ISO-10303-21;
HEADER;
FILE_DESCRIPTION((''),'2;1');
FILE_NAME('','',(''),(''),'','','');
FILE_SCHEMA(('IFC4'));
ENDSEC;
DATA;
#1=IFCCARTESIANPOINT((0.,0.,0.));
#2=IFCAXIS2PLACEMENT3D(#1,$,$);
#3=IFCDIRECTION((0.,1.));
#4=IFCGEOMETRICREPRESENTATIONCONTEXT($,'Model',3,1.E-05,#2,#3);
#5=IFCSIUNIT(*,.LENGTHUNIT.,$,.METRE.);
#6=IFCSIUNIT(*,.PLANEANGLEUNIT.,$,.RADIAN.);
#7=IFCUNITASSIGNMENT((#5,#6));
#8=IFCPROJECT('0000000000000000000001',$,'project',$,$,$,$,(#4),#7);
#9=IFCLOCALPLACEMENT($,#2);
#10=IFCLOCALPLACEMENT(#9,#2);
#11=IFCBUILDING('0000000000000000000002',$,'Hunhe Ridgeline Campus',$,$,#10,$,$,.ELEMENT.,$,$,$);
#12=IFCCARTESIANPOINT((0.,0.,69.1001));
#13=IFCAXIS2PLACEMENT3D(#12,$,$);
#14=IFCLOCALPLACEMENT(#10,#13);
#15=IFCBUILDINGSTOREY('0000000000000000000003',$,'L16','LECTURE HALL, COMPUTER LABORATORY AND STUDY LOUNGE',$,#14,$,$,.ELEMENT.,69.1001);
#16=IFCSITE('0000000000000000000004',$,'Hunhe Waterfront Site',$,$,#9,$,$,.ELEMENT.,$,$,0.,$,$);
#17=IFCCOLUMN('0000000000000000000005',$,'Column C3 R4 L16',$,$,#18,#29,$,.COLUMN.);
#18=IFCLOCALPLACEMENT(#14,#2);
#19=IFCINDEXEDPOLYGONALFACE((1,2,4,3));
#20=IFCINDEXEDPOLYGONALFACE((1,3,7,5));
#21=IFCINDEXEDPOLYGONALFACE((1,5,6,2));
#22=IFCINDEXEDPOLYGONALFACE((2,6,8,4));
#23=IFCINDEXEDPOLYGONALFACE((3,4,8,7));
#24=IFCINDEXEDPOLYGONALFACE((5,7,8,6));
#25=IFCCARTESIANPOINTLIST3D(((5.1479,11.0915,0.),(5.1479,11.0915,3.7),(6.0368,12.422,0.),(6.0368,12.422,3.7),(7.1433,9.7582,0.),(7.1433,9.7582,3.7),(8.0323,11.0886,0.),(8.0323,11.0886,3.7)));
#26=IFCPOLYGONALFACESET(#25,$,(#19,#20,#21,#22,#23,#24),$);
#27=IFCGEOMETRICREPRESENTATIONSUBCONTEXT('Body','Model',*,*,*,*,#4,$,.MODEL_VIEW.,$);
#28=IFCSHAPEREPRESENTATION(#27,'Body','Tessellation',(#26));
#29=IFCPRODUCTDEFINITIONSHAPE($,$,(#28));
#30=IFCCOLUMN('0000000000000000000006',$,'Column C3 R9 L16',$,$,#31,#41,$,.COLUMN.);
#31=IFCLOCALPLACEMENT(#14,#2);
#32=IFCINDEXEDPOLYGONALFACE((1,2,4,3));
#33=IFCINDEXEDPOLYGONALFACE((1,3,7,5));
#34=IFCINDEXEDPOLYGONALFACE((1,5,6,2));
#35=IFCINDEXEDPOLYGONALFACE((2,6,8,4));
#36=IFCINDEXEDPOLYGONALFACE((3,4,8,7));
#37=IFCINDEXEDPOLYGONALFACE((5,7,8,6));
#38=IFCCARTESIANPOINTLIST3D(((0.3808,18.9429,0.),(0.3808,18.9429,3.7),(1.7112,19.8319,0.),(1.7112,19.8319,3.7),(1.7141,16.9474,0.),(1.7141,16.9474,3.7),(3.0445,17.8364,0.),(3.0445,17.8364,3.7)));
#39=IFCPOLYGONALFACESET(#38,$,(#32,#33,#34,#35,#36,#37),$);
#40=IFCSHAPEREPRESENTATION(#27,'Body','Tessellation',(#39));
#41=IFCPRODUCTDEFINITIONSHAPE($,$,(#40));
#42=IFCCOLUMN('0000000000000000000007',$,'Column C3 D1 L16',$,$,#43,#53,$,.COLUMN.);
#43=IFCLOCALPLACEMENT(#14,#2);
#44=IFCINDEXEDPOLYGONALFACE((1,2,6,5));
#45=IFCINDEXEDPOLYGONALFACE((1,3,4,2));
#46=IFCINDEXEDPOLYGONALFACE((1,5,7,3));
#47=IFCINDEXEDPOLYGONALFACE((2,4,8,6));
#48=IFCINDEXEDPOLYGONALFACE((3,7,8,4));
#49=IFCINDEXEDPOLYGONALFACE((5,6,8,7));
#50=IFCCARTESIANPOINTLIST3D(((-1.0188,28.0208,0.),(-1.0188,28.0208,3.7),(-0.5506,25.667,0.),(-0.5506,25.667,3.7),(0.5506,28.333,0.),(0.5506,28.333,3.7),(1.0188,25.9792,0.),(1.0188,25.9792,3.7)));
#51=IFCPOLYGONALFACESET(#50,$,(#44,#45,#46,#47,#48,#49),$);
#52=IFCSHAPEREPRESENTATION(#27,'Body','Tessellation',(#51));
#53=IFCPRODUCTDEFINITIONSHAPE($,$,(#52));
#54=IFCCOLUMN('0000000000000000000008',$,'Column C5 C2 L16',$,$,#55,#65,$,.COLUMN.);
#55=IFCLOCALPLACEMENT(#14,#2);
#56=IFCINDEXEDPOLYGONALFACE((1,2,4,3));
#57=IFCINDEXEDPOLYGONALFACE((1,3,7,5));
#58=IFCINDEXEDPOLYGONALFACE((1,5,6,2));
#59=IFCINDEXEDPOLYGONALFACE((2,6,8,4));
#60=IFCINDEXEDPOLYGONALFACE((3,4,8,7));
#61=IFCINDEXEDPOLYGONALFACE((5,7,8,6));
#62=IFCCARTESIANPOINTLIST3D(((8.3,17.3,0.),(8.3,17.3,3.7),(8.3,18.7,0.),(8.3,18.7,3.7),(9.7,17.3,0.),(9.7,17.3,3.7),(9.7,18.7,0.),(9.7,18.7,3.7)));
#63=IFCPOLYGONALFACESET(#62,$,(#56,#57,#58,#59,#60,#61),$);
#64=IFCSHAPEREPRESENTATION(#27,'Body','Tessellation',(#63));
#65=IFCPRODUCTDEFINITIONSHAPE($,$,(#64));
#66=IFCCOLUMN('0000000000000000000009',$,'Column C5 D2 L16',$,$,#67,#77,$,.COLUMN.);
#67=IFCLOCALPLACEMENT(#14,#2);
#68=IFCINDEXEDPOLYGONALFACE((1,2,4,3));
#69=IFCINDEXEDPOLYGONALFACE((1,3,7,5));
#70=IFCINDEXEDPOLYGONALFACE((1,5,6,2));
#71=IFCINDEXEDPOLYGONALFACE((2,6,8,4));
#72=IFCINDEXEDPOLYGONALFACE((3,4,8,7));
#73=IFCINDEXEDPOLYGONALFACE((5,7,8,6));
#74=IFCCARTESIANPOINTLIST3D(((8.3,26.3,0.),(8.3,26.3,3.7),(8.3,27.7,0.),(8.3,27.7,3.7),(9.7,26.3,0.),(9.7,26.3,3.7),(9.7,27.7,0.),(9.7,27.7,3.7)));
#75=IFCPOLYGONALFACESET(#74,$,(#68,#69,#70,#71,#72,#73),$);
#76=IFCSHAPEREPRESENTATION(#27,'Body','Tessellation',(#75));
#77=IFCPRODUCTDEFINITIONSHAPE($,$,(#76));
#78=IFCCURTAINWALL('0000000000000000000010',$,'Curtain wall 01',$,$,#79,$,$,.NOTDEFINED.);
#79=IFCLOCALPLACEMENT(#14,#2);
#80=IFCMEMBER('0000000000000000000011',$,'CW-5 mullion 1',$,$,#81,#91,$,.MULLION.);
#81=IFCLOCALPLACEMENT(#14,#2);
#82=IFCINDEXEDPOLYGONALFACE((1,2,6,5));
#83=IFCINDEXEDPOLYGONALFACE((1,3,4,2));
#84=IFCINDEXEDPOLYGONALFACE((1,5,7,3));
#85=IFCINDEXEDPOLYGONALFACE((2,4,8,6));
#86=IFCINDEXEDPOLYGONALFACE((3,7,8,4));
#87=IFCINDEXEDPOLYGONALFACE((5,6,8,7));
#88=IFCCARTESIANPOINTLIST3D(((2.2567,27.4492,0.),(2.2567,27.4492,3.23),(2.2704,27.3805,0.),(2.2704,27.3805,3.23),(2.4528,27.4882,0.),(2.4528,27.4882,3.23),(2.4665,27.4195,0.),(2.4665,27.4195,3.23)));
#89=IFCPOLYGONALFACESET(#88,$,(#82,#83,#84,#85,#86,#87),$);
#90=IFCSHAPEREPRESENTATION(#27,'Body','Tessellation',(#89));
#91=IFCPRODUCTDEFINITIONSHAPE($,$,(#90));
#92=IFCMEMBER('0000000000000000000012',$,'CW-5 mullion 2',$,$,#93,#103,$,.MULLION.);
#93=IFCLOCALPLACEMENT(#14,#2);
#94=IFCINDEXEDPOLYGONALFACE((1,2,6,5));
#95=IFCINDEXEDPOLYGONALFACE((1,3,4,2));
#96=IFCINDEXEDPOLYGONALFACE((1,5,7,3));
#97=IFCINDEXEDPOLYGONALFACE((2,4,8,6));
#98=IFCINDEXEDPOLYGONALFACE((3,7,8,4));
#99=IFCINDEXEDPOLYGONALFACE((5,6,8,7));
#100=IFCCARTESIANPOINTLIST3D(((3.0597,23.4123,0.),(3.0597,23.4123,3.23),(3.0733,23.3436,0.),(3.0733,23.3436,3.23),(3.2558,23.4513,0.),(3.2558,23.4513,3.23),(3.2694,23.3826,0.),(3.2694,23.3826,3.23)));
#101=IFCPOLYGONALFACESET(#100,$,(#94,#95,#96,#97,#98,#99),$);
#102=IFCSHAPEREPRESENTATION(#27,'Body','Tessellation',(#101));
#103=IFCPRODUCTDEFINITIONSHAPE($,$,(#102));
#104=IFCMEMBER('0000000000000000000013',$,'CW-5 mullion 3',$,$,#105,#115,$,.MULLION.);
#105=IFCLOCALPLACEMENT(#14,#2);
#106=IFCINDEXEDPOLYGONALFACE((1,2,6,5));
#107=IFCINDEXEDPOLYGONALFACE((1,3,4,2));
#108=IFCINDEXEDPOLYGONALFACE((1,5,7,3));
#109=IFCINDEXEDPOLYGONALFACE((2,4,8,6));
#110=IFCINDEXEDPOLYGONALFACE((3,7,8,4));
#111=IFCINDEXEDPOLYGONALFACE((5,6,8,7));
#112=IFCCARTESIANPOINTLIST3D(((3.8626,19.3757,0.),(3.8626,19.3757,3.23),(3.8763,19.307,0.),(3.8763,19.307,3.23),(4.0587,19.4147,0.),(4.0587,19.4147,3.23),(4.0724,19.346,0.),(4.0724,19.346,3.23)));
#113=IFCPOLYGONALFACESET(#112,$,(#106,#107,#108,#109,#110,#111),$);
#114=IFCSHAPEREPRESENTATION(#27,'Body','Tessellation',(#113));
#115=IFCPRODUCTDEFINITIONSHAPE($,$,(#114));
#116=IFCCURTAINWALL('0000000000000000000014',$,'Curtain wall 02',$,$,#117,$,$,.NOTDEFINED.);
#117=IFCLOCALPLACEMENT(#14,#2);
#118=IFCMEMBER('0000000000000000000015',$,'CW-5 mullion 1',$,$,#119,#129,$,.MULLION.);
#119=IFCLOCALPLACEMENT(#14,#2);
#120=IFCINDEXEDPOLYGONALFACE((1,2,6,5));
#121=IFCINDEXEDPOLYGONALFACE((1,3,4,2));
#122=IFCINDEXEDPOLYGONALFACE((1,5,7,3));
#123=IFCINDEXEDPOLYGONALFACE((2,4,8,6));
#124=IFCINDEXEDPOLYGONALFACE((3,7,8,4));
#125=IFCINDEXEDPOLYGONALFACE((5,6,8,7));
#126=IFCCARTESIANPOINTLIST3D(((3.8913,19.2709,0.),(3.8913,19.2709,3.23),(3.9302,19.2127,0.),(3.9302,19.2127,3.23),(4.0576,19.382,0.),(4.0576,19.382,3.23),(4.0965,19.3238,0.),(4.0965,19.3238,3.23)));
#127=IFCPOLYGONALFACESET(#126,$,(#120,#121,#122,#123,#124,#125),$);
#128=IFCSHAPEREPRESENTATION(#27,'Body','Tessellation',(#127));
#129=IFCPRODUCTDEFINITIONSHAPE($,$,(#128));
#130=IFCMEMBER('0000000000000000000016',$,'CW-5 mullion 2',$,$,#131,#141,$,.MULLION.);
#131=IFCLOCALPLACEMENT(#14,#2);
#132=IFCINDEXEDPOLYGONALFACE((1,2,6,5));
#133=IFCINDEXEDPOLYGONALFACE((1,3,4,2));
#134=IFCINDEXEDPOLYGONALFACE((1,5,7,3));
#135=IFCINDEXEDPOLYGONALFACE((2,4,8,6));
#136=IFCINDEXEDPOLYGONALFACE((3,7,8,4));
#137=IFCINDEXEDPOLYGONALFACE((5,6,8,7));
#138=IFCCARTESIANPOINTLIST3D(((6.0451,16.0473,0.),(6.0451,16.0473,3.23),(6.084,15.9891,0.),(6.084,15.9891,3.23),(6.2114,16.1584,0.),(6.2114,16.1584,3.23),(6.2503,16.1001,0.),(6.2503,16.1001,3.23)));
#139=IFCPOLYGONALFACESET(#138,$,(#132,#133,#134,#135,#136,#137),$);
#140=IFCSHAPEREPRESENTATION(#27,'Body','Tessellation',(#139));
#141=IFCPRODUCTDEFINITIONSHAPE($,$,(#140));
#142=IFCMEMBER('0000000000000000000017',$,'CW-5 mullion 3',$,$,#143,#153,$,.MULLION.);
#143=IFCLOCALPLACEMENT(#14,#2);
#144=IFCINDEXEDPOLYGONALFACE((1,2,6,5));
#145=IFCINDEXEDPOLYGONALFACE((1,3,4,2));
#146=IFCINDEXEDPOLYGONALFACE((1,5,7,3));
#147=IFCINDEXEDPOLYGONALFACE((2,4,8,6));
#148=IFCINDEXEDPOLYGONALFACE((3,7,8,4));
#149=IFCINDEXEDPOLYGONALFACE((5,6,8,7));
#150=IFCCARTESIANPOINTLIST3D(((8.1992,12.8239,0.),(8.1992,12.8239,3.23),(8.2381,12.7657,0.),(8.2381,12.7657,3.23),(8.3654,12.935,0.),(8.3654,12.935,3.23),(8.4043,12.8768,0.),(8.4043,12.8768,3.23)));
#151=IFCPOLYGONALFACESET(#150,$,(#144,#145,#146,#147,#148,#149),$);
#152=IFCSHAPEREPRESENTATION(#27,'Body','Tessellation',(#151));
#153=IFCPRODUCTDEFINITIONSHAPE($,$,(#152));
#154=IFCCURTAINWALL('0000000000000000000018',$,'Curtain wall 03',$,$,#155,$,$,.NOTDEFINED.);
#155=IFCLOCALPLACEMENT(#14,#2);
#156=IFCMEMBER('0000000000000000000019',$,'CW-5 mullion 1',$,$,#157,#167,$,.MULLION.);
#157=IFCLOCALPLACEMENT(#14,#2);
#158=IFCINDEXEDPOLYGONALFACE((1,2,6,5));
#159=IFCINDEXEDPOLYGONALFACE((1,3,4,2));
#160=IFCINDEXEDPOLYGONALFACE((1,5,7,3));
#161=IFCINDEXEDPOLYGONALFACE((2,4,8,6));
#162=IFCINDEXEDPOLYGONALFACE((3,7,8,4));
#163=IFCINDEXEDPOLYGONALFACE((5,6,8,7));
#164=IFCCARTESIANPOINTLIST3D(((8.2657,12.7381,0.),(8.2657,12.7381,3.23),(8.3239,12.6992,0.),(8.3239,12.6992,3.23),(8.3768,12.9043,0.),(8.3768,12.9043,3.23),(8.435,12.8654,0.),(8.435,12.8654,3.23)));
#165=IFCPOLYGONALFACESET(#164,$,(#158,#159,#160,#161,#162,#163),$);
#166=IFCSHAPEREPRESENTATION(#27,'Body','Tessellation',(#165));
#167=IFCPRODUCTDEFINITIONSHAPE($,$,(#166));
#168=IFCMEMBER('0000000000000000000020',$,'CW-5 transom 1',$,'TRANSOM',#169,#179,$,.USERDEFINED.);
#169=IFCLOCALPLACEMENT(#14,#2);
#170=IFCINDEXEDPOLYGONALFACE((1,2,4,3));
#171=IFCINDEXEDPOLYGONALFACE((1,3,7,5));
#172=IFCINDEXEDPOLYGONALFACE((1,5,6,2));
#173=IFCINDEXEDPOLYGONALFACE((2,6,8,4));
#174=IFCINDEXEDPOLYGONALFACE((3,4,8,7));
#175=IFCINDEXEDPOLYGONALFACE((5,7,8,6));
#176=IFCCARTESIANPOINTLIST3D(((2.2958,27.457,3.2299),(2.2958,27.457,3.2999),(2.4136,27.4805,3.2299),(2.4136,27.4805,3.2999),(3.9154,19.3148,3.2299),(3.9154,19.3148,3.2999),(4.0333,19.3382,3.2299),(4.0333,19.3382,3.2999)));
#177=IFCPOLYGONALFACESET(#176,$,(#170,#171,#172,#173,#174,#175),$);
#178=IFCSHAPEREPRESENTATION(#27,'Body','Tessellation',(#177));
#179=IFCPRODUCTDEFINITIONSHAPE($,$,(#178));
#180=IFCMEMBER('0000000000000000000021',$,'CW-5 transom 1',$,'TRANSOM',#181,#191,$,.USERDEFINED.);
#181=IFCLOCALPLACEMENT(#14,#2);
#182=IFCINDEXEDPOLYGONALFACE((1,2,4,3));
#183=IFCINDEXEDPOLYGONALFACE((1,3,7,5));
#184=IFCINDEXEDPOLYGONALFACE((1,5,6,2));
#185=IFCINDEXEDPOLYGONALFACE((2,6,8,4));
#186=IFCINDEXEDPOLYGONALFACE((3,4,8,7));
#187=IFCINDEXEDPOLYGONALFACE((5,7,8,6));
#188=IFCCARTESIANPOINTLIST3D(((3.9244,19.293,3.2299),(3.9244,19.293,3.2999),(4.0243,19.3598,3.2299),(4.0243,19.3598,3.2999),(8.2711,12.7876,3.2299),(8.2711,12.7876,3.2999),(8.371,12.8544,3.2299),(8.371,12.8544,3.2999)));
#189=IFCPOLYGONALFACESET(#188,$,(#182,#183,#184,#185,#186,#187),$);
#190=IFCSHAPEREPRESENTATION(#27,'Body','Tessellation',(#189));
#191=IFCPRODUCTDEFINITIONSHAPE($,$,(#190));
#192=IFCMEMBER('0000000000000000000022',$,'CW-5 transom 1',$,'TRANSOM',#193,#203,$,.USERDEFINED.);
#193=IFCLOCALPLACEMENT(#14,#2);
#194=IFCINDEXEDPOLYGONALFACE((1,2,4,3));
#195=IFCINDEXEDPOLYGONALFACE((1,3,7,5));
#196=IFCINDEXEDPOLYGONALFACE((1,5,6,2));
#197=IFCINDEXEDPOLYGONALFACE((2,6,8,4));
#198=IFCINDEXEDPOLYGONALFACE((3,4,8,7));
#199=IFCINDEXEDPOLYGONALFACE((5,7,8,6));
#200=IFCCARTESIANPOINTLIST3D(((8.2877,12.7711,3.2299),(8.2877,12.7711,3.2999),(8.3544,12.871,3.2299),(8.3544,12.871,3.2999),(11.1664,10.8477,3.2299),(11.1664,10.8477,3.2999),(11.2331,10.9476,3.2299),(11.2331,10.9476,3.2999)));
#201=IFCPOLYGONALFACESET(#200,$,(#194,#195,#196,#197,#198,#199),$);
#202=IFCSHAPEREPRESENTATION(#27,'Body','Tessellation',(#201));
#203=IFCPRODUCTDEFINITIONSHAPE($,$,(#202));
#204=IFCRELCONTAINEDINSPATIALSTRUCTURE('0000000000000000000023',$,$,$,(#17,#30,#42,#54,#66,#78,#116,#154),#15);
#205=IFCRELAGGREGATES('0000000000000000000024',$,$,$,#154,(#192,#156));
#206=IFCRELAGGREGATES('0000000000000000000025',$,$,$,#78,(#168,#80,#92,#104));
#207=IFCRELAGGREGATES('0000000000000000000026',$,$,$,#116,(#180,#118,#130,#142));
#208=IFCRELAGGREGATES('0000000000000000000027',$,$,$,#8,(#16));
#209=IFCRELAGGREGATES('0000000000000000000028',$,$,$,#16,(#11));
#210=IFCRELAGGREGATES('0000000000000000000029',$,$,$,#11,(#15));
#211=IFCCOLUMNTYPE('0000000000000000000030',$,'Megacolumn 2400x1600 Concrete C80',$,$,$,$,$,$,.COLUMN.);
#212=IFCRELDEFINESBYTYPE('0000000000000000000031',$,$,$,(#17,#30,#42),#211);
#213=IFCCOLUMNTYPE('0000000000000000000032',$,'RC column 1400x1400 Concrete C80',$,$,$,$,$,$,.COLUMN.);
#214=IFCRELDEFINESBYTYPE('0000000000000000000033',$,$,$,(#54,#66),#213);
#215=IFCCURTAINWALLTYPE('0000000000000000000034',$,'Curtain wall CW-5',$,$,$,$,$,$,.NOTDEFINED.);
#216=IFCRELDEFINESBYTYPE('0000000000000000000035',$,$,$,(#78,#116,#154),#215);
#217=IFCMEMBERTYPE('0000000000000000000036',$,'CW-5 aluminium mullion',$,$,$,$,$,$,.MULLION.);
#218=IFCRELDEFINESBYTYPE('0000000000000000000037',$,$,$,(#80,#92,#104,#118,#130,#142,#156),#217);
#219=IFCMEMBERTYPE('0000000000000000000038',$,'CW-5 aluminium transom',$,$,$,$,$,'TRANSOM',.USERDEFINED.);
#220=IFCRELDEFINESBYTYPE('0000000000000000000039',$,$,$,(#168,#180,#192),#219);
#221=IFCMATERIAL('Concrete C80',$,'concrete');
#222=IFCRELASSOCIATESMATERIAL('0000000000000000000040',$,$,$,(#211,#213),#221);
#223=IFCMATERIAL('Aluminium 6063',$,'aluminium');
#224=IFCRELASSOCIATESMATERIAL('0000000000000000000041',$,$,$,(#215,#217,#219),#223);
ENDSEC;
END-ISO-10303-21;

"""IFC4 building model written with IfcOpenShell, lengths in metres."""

from ifc_helpers import new_model, si_unit, direction, frame, origin, origin_2d, place, context, subcontext, project, spatial, rectangle, extrude, material, material_profile, profile_set, type_object, element, aggregate, save


model = new_model("IFC4")

# Units and contexts
model_context = context("Model", 3, precision=1e-05, world=origin(), true_north=direction((0.0, 1.0)))
body_context = subcontext(model_context, "Body", "Model", "MODEL_VIEW")
ifc_project = project(units=[si_unit("LENGTHUNIT", "METRE"), si_unit("PLANEANGLEUNIT", "RADIAN")], contexts=[model_context])

# Site, building, storey
site_placement = place(None, origin())
site = spatial("IfcSite", under=ifc_project, at=site_placement, Name="Hunhe Waterfront Site", CompositionType="ELEMENT", RefElevation=0.0)
building_placement = place(site_placement, origin())
building = spatial("IfcBuilding", under=site, at=building_placement, Name="Hunhe Ridgeline Campus", CompositionType="ELEMENT")
storey_placement = place(building_placement, frame((0.0, 0.0, 69.1001)))
storey = spatial("IfcBuildingStorey", under=building, at=storey_placement, Name="L16", Description="LECTURE HALL, COMPUTER LABORATORY AND STUDY LOUNGE", CompositionType="ELEMENT", Elevation=69.1001)

# Columns
ifc_material_1 = material(Name="Concrete C80", Category="concrete")
ifc_material_profile_1 = material_profile(ifc_material_1, rectangle(XDim=2.3999, YDim=1.6001, at=origin_2d()))
ifc_profile_set_1 = profile_set([ifc_material_profile_1], Name="Concrete C80")
column_type_1 = type_object("IfcColumnType", Name="Megacolumn 2400x1600 Concrete C80", PredefinedType="COLUMN", material=ifc_profile_set_1)
for number, where, z_axis, x_axis, name in (
    (1, (6.5901, 11.0901, 0.0), (0.0, 0.0, 1.0), (-0.83147, 0.55557, 0.0), "Column C3 R4 L16"),
    (2, (1.7126, 18.3896, 0.0), (0.0, 0.0, 1.0), (-0.55557, 0.83147, 0.0), "Column C3 R9 L16"),
    (3, (0.0, 27.0, 0.0), (0.0, 0.0, 1.0), (-0.19509, 0.980785, 0.0), "Column C3 D1 L16"),
):
    element("IfcColumn", number, at=place(storey_placement, frame(where, z_axis=z_axis, x_axis=x_axis)), inside=storey, type_object=column_type_1, Name=name, PredefinedType="COLUMN", context=body_context, shape_type="SweptSolid", body=[
        extrude(rectangle(XDim=2.3999, YDim=1.6001, at=origin_2d()), origin(), (0.0, 0.0, 1.0), 3.7),
    ])
ifc_material_profile_2 = material_profile(ifc_material_1, rectangle(XDim=1.3999, YDim=1.3999, at=origin_2d()))
ifc_profile_set_2 = profile_set([ifc_material_profile_2], Name="Concrete C80")
column_type_2 = type_object("IfcColumnType", Name="RC column 1400x1400 Concrete C80", PredefinedType="COLUMN", material=ifc_profile_set_2)
for number, where, z_axis, x_axis, name in (
    (4, (9.0, 18.0, 0.0), (0.0, 0.0, 1.0), (1.0, 0.0, 0.0), "Column C5 C2 L16"),
    (5, (9.0, 27.0, 0.0), (0.0, 0.0, 1.0), (1.0, 0.0, 0.0), "Column C5 D2 L16"),
):
    element("IfcColumn", number, at=place(storey_placement, frame(where, z_axis=z_axis, x_axis=x_axis)), inside=storey, type_object=column_type_2, Name=name, PredefinedType="COLUMN", context=body_context, shape_type="SweptSolid", body=[
        extrude(rectangle(XDim=1.3999, YDim=1.3999, at=origin_2d()), origin(), (0.0, 0.0, 1.0), 3.7),
    ])

# Curtain walls, members
ifc_material_2 = material(Name="Aluminium 6063", Category="aluminium")
curtain_wall_type = type_object("IfcCurtainWallType", Name="Curtain wall CW-5", PredefinedType="NOTDEFINED", material=ifc_material_2)
curtain_wall_1_placement = place(storey_placement, origin())
curtain_wall_1 = element("IfcCurtainWall", 6, at=curtain_wall_1_placement, inside=storey, type_object=curtain_wall_type, Name="Curtain wall 01", PredefinedType="NOTDEFINED")
ifc_material_profile_3 = material_profile(ifc_material_2, rectangle(XDim=0.2, YDim=0.0701, at=origin_2d()))
ifc_profile_set_3 = profile_set([ifc_material_profile_3], Name="Aluminium 6063")
member_type_1 = type_object("IfcMemberType", Name="CW-5 aluminium mullion", PredefinedType="MULLION", material=ifc_profile_set_3)
member_1_placement = place(storey_placement, frame((2.3616, 27.4343, 0.0), z_axis=(0.0, 0.0, 1.0), x_axis=(0.980784, 0.195095, 0.0)))
member_1 = element("IfcMember", 7, at=member_1_placement, type_object=member_type_1, Name="CW-5 mullion 1", PredefinedType="MULLION", context=body_context, shape_type="SweptSolid", body=[
    extrude(rectangle(XDim=0.2, YDim=0.0701, at=origin_2d()), origin(), (0.0, 0.0, 1.0), 3.23),
])
member_2_placement = place(storey_placement, frame((3.1646, 23.3975, 0.0), z_axis=(0.0, 0.0, 1.0), x_axis=(0.980784, 0.195095, 0.0)))
member_2 = element("IfcMember", 8, at=member_2_placement, type_object=member_type_1, Name="CW-5 mullion 2", PredefinedType="MULLION", context=body_context, shape_type="SweptSolid", body=[
    extrude(rectangle(XDim=0.2, YDim=0.0701, at=origin_2d()), origin(), (0.0, 0.0, 1.0), 3.23),
])
member_3_placement = place(storey_placement, frame((3.9675, 19.3608, 0.0), z_axis=(0.0, 0.0, 1.0), x_axis=(0.980784, 0.195095, 0.0)))
member_3 = element("IfcMember", 9, at=member_3_placement, type_object=member_type_1, Name="CW-5 mullion 3", PredefinedType="MULLION", context=body_context, shape_type="SweptSolid", body=[
    extrude(rectangle(XDim=0.2, YDim=0.0701, at=origin_2d()), origin(), (0.0, 0.0, 1.0), 3.23),
])
curtain_wall_2_placement = place(storey_placement, origin())
curtain_wall_2 = element("IfcCurtainWall", 10, at=curtain_wall_2_placement, inside=storey, type_object=curtain_wall_type, Name="Curtain wall 02", PredefinedType="NOTDEFINED")
member_4_placement = place(storey_placement, frame((3.9939, 19.2974, 0.0), z_axis=(0.0, 0.0, 1.0), x_axis=(0.83147, 0.55557, 0.0)))
member_4 = element("IfcMember", 11, at=member_4_placement, type_object=member_type_1, Name="CW-5 mullion 1", PredefinedType="MULLION", context=body_context, shape_type="SweptSolid", body=[
    extrude(rectangle(XDim=0.2, YDim=0.0701, at=origin_2d()), origin(), (0.0, 0.0, 1.0), 3.23),
])
member_5_placement = place(storey_placement, frame((6.1477, 16.0737, 0.0), z_axis=(0.0, 0.0, 1.0), x_axis=(0.83147, 0.55557, 0.0)))
member_5 = element("IfcMember", 12, at=member_5_placement, type_object=member_type_1, Name="CW-5 mullion 2", PredefinedType="MULLION", context=body_context, shape_type="SweptSolid", body=[
    extrude(rectangle(XDim=0.2, YDim=0.0701, at=origin_2d()), origin(), (0.0, 0.0, 1.0), 3.23),
])
member_6_placement = place(storey_placement, frame((8.3018, 12.8503, 0.0), z_axis=(0.0, 0.0, 1.0), x_axis=(0.83147, 0.55557, 0.0)))
member_6 = element("IfcMember", 13, at=member_6_placement, type_object=member_type_1, Name="CW-5 mullion 3", PredefinedType="MULLION", context=body_context, shape_type="SweptSolid", body=[
    extrude(rectangle(XDim=0.2, YDim=0.0701, at=origin_2d()), origin(), (0.0, 0.0, 1.0), 3.23),
])

# Curtain wall, member
curtain_wall_3_placement = place(storey_placement, origin())
curtain_wall_3 = element("IfcCurtainWall", 14, at=curtain_wall_3_placement, inside=storey, type_object=curtain_wall_type, Name="Curtain wall 03", PredefinedType="NOTDEFINED")
member_7_placement = place(storey_placement, frame((8.3503, 12.8018, 0.0), z_axis=(0.0, 0.0, 1.0), x_axis=(0.55557, 0.83147, 0.0)))
member_7 = element("IfcMember", 15, at=member_7_placement, type_object=member_type_1, Name="CW-5 mullion 1", PredefinedType="MULLION", context=body_context, shape_type="SweptSolid", body=[
    extrude(rectangle(XDim=0.2, YDim=0.0701, at=origin_2d()), origin(), (0.0, 0.0, 1.0), 3.23),
])

# Members
ifc_material_profile_4 = material_profile(ifc_material_2, rectangle(XDim=0.1201, YDim=0.0701, at=origin_2d()))
ifc_profile_set_4 = profile_set([ifc_material_profile_4], Name="Aluminium 6063")
member_type_2 = type_object("IfcMemberType", Name="CW-5 aluminium transom", ElementType="TRANSOM", PredefinedType="USERDEFINED", material=ifc_profile_set_4)
member_8_placement = place(storey_placement, frame((2.3547, 27.4688, 3.2649), z_axis=(0.195092, -0.980785, 0.0), x_axis=(0.980785, 0.195092, 0.0)))
member_8 = element("IfcMember", 16, at=member_8_placement, type_object=member_type_2, Name="CW-5 transom 1", ObjectType="TRANSOM", PredefinedType="USERDEFINED", context=body_context, shape_type="SweptSolid", body=[
    extrude(rectangle(XDim=0.1201, YDim=0.0701, at=origin_2d()), origin(), (0.0, 0.0, 1.0), 8.3018),
])
member_9_placement = place(storey_placement, frame((3.9744, 19.3264, 3.2649), z_axis=(0.555564, -0.831474, 0.0), x_axis=(0.831474, 0.555564, 0.0)))
member_9 = element("IfcMember", 17, at=member_9_placement, type_object=member_type_2, Name="CW-5 transom 1", ObjectType="TRANSOM", PredefinedType="USERDEFINED", context=body_context, shape_type="SweptSolid", body=[
    extrude(rectangle(XDim=0.1201, YDim=0.0701, at=origin_2d()), origin(), (0.0, 0.0, 1.0), 7.824),
])
member_10_placement = place(storey_placement, frame((8.321, 12.821, 3.2649), z_axis=(0.831486, -0.555546, 0.0), x_axis=(0.555546, 0.831486, 0.0)))
member_10 = element("IfcMember", 18, at=member_10_placement, type_object=member_type_2, Name="CW-5 transom 1", ObjectType="TRANSOM", PredefinedType="USERDEFINED", context=body_context, shape_type="SweptSolid", body=[
    extrude(rectangle(XDim=0.1201, YDim=0.0701, at=origin_2d()), origin(), (0.0, 0.0, 1.0), 3.4622),
])
aggregate(curtain_wall_3, [member_10, member_7])

aggregate(curtain_wall_1, [member_8, member_1, member_2, member_3])
aggregate(curtain_wall_2, [member_9, member_4, member_5, member_6])

save(model, "model.ifc")
